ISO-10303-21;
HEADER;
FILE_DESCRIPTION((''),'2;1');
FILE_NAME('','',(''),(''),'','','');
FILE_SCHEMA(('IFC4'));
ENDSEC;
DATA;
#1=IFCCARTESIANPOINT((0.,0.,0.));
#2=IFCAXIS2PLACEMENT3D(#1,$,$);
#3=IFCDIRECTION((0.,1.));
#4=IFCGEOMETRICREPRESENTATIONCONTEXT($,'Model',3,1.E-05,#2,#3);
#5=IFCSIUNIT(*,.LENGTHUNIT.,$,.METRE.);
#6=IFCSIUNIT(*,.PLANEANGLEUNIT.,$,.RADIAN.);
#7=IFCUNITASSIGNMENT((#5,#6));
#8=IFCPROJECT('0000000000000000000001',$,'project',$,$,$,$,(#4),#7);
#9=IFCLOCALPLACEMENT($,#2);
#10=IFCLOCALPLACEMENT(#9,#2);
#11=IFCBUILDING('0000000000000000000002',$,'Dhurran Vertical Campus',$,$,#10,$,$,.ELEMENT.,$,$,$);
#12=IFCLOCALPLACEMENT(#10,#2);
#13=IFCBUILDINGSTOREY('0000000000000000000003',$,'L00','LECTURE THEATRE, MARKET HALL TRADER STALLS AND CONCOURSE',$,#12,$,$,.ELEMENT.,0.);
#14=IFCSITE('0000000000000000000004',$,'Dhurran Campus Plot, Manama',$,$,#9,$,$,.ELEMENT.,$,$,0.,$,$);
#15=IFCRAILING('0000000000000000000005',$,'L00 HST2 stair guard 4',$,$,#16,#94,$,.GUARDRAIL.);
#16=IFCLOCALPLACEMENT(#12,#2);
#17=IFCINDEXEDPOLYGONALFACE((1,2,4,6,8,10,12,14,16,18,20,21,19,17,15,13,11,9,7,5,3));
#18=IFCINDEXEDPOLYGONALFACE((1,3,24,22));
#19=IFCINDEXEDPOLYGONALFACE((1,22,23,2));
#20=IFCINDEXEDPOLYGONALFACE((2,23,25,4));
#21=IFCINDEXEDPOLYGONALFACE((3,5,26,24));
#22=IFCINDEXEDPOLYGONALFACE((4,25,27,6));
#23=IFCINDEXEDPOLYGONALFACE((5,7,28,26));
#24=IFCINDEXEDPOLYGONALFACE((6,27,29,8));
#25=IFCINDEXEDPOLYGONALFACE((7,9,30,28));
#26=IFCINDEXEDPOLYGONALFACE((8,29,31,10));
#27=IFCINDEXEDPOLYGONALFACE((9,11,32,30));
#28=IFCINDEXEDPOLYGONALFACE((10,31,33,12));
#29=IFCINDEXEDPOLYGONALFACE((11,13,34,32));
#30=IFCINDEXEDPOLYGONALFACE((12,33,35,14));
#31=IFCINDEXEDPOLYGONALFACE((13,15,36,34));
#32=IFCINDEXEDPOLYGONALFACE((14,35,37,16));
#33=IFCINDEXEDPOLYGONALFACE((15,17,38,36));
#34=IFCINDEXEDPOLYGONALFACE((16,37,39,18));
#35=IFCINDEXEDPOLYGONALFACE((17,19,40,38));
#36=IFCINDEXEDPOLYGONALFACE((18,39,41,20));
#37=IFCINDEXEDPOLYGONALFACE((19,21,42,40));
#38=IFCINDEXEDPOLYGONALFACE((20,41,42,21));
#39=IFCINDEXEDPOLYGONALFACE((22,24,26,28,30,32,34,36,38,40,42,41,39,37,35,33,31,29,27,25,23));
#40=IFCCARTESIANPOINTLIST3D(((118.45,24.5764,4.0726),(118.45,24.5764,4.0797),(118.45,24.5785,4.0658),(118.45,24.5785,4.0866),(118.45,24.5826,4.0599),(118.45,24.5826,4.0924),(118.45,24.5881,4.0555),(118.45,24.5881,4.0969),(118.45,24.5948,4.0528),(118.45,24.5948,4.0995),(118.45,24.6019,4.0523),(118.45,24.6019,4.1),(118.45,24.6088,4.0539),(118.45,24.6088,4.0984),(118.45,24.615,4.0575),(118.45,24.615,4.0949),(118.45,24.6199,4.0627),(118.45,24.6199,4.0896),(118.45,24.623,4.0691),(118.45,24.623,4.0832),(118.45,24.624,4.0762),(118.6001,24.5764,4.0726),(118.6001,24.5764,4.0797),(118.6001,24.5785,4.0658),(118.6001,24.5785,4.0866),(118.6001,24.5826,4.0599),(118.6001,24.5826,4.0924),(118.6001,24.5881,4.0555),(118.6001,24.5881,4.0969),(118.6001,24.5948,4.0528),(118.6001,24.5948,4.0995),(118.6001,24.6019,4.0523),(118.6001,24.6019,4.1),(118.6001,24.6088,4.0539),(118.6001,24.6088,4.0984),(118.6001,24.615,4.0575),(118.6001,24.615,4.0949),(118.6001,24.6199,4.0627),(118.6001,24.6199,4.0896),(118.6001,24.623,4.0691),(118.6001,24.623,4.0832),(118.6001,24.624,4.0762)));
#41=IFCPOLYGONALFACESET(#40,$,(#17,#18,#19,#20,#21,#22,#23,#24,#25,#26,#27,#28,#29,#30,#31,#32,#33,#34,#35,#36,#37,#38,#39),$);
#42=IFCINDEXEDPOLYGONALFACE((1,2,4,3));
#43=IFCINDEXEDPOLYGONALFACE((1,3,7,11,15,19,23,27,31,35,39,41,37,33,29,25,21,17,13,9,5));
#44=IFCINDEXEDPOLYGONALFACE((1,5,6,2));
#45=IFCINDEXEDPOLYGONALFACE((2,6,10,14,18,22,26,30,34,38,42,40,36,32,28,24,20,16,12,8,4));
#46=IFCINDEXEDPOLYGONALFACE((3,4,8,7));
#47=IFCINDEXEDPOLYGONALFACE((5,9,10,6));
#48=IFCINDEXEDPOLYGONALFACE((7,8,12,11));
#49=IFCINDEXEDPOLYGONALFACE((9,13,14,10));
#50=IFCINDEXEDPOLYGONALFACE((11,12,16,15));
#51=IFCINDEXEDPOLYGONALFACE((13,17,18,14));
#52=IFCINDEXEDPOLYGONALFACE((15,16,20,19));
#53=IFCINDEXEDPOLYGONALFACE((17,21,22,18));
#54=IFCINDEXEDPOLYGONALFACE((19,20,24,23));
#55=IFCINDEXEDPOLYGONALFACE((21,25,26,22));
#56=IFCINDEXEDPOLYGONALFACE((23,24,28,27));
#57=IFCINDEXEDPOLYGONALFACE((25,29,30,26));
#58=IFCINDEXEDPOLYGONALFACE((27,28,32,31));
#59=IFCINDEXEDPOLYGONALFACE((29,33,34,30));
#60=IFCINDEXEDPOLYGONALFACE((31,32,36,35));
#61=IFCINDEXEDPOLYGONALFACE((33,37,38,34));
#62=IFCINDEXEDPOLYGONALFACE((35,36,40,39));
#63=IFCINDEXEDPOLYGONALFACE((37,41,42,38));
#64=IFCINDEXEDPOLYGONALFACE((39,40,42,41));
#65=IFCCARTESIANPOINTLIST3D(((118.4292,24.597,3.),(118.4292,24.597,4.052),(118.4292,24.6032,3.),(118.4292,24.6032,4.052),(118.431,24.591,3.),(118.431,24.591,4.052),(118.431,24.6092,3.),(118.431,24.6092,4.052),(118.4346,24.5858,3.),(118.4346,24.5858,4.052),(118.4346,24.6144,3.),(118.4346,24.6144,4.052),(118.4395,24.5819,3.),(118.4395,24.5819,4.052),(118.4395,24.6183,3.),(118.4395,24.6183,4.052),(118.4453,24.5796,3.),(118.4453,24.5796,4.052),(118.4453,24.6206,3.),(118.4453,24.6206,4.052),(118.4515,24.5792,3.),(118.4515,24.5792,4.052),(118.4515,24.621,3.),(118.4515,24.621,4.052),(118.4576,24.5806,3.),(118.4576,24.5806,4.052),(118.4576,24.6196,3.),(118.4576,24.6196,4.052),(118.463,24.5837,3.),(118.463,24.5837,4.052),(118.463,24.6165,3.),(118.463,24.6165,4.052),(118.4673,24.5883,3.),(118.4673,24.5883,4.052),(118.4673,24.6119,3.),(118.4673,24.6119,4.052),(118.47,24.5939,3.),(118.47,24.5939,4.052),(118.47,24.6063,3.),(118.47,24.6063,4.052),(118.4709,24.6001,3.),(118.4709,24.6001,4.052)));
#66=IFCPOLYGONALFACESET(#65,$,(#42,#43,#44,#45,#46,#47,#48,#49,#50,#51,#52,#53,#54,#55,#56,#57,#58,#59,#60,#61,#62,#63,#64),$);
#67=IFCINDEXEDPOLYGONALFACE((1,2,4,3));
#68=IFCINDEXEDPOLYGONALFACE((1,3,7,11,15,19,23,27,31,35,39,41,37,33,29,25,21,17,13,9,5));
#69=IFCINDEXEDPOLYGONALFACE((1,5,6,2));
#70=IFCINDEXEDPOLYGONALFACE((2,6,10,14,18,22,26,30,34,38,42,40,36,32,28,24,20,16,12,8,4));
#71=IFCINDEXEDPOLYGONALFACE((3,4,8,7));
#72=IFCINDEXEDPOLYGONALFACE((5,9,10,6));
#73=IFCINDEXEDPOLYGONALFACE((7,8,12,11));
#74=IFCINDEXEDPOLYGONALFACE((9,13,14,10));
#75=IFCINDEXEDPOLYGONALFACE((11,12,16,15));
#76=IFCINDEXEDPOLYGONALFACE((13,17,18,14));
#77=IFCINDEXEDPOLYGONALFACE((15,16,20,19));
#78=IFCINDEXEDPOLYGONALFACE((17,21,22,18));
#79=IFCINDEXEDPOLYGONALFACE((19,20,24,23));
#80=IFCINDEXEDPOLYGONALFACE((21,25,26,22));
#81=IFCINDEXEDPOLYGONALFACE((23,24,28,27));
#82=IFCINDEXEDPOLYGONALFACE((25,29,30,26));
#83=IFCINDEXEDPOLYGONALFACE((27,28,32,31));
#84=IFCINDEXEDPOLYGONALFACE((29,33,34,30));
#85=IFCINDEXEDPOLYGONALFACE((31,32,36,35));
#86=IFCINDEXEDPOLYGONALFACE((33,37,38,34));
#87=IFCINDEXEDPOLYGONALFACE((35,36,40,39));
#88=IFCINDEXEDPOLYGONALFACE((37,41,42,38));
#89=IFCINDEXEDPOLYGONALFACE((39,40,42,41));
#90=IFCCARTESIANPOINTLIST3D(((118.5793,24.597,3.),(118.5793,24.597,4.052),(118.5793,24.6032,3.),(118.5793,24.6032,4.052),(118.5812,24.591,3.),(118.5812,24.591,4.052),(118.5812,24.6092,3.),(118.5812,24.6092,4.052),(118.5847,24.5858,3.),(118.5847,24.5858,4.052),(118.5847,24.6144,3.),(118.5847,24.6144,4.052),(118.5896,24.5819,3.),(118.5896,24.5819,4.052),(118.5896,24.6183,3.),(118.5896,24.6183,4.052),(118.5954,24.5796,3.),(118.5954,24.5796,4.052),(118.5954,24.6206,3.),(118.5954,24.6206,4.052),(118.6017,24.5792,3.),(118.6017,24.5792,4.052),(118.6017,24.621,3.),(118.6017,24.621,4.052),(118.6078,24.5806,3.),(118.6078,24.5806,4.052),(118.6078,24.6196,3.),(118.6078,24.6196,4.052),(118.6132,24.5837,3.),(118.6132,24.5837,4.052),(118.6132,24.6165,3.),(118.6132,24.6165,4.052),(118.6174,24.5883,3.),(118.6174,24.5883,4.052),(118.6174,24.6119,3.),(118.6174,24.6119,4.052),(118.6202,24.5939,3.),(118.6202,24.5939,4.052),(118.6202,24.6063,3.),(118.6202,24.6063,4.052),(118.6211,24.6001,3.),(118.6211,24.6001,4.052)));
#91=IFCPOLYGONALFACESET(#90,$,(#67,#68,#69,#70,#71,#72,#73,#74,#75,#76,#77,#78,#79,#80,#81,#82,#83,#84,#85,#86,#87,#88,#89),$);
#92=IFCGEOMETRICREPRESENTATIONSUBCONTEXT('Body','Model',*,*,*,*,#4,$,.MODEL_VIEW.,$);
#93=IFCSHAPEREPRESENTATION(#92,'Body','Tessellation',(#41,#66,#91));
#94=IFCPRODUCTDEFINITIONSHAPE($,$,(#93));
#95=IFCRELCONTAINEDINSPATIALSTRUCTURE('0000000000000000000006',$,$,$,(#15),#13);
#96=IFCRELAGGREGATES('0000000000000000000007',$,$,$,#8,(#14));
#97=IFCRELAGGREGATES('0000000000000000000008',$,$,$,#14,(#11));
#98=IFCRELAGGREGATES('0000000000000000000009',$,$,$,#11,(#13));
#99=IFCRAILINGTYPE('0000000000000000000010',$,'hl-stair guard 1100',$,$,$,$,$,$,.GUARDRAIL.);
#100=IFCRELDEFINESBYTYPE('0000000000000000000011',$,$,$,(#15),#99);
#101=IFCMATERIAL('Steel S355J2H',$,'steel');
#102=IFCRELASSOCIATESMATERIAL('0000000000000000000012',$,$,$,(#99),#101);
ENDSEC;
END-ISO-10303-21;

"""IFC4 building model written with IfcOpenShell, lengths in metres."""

from ifc_helpers import new_model, si_unit, direction, frame, origin, origin_2d, place, context, subcontext, project, spatial, circle, extrude, material, type_object, element, save


model = new_model("IFC4")

# Units and contexts
model_context = context("Model", 3, precision=1e-05, world=origin(), true_north=direction((0.0, 1.0)))
body_context = subcontext(model_context, "Body", "Model", "MODEL_VIEW")
ifc_project = project(units=[si_unit("LENGTHUNIT", "METRE"), si_unit("PLANEANGLEUNIT", "RADIAN")], contexts=[model_context])

# Site, building, storey
site_placement = place(None, origin())
site = spatial("IfcSite", under=ifc_project, at=site_placement, Name="Dhurran Campus Plot, Manama", CompositionType="ELEMENT", RefElevation=0.0)
building_placement = place(site_placement, origin())
building = spatial("IfcBuilding", under=site, at=building_placement, Name="Dhurran Vertical Campus", CompositionType="ELEMENT")
storey_placement = place(building_placement, origin())
storey = spatial("IfcBuildingStorey", under=building, at=storey_placement, Name="L00", Description="LECTURE THEATRE, MARKET HALL TRADER STALLS AND CONCOURSE", CompositionType="ELEMENT", Elevation=0.0)

# Railing
ifc_material_1 = material(Name="Steel S355J2H", Category="steel")
railing_type_1 = type_object("IfcRailingType", Name="hl-stair guard 1100", PredefinedType="GUARDRAIL", material=ifc_material_1)
railing_1_placement = place(storey_placement, frame((118.45, 24.6001, 3.0)))
element("IfcRailing", 1, at=railing_1_placement, inside=storey, type_object=railing_type_1, Name="L00 HST2 stair guard 4", PredefinedType="GUARDRAIL", context=body_context, shape_type="SweptSolid", body=[
    extrude(circle(Radius=0.0239, at=origin_2d()), frame((0.0, 0.0, 1.0762), z_axis=(1.0, 0.0, 0.0), x_axis=(0.0, 1.0, 0.0)), (0.0, 0.0, 1.0), 0.1501),
    extrude(circle(Radius=0.021, at=origin_2d()), origin(), (0.0, 0.0, 1.0), 1.052),
    extrude(circle(Radius=0.021, at=origin_2d()), frame((0.1501, 0.0, 0.0)), (0.0, 0.0, 1.0), 1.052),
])

save(model, "model.ifc")
